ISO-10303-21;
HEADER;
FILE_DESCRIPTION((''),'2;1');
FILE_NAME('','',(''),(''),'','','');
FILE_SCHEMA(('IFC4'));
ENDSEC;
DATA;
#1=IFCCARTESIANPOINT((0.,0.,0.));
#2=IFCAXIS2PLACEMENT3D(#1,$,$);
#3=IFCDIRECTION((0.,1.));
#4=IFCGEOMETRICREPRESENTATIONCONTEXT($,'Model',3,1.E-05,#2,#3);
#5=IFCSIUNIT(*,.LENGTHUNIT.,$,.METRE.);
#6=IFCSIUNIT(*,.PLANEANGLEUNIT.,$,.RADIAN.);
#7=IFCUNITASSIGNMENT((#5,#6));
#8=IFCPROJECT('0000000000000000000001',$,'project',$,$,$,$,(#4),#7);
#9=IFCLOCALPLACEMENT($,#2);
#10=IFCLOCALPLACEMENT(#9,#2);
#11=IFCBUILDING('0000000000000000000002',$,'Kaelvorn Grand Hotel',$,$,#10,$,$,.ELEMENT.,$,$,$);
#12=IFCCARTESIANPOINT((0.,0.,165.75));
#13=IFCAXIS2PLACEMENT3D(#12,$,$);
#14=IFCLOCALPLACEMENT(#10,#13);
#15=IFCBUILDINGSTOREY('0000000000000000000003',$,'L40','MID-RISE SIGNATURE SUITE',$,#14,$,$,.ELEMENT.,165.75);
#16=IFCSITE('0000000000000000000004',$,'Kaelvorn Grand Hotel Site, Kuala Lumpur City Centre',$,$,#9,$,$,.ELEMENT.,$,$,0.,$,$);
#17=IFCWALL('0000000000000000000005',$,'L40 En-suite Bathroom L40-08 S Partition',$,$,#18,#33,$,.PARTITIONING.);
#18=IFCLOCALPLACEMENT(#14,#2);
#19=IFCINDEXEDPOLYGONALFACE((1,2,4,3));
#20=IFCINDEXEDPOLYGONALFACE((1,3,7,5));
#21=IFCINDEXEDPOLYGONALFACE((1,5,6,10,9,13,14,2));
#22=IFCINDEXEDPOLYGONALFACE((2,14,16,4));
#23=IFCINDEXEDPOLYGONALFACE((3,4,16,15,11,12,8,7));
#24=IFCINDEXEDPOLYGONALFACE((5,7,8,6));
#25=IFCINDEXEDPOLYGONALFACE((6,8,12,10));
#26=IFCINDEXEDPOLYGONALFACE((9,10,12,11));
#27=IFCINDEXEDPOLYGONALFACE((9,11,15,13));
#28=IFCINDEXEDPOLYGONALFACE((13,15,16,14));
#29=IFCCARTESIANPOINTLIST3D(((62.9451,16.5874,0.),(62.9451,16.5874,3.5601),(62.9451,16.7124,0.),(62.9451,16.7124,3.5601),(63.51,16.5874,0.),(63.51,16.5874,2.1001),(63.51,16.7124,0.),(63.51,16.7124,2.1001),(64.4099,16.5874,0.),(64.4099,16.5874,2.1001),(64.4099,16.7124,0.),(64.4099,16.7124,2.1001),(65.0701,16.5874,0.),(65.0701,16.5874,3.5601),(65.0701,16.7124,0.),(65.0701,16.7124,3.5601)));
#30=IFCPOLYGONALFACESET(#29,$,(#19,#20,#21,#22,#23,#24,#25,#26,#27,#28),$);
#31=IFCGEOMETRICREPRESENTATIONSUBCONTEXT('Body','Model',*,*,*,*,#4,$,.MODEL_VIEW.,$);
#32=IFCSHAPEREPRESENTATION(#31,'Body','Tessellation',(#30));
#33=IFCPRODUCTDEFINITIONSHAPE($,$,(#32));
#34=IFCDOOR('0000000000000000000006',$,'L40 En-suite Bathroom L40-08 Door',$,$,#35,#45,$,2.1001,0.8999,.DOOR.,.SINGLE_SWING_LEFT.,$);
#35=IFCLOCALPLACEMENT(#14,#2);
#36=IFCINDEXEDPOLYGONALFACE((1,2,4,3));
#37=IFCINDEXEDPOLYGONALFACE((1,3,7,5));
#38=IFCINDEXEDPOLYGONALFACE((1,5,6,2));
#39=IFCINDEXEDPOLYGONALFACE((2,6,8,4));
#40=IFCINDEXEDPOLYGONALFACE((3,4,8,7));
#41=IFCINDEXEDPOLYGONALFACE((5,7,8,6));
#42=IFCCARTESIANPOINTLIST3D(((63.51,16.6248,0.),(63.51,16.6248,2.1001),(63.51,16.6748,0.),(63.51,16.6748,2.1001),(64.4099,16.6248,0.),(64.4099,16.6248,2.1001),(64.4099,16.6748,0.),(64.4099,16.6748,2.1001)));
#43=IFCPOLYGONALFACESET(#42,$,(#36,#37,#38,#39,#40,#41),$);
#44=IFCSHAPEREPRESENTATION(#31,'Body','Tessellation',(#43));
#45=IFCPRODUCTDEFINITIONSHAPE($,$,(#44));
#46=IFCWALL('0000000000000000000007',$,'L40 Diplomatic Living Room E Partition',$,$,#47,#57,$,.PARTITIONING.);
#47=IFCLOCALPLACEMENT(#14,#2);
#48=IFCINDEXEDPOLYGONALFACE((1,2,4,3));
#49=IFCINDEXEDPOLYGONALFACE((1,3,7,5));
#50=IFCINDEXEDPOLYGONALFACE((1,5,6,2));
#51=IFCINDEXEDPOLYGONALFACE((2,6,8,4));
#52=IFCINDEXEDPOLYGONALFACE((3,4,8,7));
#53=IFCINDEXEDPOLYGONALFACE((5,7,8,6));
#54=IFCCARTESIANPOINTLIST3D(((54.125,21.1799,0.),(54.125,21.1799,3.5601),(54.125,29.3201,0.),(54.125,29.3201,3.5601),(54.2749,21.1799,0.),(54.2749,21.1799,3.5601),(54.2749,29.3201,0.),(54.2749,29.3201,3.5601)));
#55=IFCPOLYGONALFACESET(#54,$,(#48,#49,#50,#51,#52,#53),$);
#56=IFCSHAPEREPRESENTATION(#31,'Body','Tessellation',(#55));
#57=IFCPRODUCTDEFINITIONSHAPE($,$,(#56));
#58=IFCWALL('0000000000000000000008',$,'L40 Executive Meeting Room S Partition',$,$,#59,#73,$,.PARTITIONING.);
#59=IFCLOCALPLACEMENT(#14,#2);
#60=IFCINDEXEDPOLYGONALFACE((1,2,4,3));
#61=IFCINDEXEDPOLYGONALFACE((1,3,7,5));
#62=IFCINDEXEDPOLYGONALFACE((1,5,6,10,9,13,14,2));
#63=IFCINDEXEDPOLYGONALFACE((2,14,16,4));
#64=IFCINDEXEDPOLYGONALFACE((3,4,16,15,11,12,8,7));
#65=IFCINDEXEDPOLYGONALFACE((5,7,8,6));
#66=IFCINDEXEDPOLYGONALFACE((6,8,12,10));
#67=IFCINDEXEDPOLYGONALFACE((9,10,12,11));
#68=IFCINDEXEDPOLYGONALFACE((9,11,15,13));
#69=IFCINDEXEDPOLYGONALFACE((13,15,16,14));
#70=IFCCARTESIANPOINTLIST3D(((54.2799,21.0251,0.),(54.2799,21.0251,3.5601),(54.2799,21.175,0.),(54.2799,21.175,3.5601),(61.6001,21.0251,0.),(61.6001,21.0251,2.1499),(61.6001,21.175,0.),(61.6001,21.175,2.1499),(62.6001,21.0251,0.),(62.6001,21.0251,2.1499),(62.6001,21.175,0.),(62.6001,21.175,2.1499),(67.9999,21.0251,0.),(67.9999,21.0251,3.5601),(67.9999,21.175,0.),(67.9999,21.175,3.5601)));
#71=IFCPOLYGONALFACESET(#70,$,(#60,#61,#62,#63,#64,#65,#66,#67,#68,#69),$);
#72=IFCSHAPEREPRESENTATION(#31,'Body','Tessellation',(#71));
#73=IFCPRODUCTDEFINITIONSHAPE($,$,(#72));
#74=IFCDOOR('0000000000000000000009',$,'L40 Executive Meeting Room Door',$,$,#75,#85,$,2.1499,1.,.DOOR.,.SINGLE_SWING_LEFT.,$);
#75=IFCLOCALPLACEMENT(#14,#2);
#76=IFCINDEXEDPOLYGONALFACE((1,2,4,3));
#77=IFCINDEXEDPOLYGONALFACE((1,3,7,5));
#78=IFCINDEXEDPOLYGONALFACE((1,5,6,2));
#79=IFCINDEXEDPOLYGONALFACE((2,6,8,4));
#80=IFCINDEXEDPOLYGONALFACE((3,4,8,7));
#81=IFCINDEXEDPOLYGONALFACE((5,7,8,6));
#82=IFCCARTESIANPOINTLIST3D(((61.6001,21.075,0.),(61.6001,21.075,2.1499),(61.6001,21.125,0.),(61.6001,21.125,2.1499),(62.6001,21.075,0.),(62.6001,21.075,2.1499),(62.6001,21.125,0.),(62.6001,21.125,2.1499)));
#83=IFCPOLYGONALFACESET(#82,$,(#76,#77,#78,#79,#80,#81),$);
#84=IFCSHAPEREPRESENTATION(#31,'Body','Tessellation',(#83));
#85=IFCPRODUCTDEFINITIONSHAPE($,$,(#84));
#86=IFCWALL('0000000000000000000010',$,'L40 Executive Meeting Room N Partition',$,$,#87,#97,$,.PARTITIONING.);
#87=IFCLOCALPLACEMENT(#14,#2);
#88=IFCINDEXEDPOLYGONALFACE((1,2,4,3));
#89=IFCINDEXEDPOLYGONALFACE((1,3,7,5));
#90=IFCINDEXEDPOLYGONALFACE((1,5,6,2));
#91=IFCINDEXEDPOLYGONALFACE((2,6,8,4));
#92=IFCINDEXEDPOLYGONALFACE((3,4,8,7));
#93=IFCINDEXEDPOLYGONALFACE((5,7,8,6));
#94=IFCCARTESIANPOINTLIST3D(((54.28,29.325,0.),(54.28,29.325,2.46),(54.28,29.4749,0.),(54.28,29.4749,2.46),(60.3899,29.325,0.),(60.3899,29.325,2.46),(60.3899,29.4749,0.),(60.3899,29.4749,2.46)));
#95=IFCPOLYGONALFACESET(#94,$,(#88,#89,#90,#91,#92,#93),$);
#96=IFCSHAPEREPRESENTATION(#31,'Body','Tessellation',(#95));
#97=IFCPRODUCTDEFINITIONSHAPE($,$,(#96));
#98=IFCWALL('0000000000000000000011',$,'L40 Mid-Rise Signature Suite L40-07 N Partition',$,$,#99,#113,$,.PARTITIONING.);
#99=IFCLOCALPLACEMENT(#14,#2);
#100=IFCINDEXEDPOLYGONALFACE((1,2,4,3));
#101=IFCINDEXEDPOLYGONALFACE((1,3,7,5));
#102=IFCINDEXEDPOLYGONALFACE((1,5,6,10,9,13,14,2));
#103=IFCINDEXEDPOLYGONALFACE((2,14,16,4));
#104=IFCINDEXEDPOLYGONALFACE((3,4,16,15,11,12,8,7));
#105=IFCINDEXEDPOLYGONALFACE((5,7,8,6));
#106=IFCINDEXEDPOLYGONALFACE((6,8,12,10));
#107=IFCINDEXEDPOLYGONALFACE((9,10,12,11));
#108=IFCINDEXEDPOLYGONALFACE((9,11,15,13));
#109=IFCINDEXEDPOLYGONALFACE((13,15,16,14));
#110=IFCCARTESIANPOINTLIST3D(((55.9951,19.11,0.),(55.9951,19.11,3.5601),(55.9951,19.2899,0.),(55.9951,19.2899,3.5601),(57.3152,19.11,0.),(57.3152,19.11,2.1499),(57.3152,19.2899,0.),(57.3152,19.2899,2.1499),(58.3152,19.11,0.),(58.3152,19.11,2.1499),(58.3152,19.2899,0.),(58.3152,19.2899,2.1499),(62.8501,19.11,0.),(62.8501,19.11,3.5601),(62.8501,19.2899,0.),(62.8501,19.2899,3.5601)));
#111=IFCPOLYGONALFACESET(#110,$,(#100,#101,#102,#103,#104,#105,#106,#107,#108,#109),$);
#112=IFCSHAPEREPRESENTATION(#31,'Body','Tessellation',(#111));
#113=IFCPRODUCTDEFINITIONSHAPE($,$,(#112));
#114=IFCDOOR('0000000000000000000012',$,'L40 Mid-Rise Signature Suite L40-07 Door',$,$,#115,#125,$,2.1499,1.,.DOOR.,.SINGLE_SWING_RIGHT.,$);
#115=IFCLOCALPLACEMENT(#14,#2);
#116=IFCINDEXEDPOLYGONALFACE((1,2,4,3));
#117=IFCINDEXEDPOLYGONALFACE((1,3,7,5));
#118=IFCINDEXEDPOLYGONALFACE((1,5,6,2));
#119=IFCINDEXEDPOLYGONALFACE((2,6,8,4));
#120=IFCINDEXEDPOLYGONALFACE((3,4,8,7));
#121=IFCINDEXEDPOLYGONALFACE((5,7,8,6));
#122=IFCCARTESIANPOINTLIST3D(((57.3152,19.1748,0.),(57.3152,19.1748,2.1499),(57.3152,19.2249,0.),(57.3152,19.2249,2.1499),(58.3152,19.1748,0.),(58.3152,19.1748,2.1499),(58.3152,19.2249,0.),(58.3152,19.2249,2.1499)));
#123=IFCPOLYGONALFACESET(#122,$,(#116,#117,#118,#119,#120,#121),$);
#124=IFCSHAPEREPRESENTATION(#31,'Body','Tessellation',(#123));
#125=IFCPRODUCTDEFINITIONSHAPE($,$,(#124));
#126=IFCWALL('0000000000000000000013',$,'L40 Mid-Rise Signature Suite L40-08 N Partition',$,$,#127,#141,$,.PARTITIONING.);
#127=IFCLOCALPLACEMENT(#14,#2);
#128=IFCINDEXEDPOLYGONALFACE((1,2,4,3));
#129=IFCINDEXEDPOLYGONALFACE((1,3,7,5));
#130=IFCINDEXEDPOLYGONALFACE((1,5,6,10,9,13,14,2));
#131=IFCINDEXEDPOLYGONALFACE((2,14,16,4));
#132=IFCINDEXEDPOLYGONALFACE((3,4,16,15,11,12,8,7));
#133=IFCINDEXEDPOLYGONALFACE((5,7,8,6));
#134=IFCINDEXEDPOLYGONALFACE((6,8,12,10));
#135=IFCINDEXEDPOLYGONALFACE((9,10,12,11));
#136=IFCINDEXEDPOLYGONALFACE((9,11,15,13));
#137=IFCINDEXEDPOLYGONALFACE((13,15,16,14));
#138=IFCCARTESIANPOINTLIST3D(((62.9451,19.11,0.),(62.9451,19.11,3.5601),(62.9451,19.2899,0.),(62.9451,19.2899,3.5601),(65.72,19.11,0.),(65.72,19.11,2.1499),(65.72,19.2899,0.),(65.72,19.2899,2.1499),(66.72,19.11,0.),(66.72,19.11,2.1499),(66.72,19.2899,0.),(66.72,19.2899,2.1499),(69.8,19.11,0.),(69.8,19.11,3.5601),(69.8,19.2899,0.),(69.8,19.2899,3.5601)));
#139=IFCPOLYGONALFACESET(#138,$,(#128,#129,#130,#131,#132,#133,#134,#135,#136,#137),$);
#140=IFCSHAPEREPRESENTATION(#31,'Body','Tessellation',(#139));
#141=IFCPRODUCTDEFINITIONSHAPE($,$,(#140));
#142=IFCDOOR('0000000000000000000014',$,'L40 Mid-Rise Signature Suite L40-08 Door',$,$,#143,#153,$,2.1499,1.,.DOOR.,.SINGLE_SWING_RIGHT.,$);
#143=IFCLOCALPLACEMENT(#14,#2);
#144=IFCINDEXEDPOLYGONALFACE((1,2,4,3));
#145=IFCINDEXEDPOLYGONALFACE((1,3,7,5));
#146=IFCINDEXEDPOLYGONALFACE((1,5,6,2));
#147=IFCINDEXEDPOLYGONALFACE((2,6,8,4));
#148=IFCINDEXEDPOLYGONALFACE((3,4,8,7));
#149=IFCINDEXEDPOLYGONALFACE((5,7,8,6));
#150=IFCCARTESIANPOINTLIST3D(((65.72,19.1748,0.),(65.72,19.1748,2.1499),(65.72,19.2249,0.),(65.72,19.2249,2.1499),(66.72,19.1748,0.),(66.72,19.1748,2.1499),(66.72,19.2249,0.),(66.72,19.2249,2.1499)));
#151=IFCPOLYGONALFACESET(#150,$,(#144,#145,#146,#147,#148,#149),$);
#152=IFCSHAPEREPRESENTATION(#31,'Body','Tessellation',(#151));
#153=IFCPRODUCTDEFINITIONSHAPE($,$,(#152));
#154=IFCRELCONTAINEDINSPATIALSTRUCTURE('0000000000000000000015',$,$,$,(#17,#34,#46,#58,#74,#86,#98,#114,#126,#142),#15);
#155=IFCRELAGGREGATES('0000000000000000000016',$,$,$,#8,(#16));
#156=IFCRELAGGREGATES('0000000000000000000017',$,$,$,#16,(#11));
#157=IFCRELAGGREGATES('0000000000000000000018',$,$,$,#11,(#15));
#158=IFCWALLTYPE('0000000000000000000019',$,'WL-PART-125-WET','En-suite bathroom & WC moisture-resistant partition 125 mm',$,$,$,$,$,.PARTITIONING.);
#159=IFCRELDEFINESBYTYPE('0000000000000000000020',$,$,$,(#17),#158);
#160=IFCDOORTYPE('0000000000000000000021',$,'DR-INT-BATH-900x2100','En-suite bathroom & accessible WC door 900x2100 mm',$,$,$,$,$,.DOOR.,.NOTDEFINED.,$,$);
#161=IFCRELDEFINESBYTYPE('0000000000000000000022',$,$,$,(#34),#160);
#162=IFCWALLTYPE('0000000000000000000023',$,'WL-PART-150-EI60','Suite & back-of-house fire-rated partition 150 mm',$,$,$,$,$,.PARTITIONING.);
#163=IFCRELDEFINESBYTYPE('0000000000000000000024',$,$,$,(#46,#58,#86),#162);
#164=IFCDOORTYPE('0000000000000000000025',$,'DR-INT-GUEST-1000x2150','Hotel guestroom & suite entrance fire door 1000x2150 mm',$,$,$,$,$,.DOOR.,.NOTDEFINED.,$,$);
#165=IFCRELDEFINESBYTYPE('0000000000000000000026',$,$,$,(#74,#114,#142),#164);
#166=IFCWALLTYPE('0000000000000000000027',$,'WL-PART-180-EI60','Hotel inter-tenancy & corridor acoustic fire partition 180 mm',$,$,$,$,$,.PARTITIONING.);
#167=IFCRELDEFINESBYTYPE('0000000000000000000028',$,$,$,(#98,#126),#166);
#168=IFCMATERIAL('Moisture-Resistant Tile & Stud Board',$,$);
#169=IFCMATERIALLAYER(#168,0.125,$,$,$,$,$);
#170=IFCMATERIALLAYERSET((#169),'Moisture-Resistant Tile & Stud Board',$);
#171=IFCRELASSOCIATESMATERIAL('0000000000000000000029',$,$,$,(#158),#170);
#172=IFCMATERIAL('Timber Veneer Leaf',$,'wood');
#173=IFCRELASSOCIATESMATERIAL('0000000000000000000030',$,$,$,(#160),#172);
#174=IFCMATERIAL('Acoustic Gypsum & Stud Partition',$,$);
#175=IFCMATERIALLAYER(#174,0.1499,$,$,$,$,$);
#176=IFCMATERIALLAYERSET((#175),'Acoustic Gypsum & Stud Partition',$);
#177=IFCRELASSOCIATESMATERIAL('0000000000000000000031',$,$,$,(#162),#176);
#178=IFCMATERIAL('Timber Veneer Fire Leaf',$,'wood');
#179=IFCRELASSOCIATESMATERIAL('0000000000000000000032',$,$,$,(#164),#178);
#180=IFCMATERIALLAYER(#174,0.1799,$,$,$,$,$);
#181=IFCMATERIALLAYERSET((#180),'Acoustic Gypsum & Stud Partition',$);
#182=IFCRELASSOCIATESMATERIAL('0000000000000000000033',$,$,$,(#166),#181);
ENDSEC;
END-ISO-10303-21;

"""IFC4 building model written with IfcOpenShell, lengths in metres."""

from ifc_helpers import new_model, si_unit, direction, frame, frame_2d, origin, place, context, subcontext, project, spatial, rectangle, extrude, material, layer, layer_set, type_object, element, fill, save


model = new_model("IFC4")

# Units and contexts
model_context = context("Model", 3, precision=1e-05, world=origin(), true_north=direction((0.0, 1.0)))
body_context = subcontext(model_context, "Body", "Model", "MODEL_VIEW")
ifc_project = project(units=[si_unit("LENGTHUNIT", "METRE"), si_unit("PLANEANGLEUNIT", "RADIAN")], contexts=[model_context])

# Site, building, storey
site_placement = place(None, origin())
site = spatial("IfcSite", under=ifc_project, at=site_placement, Name="Kaelvorn Grand Hotel Site, Kuala Lumpur City Centre", CompositionType="ELEMENT", RefElevation=0.0)
building_placement = place(site_placement, origin())
building = spatial("IfcBuilding", under=site, at=building_placement, Name="Kaelvorn Grand Hotel", CompositionType="ELEMENT")
storey_placement = place(building_placement, frame((0.0, 0.0, 165.75)))
storey = spatial("IfcBuildingStorey", under=building, at=storey_placement, Name="L40", Description="MID-RISE SIGNATURE SUITE", CompositionType="ELEMENT", Elevation=165.75)

# Shared definitions
ifc_material_1 = material(Name="Moisture-Resistant Tile & Stud Board")
ifc_layer_1 = layer(ifc_material_1, 0.125)
ifc_layer_set_1 = layer_set([ifc_layer_1], Name="Moisture-Resistant Tile & Stud Board")
wall_type_1 = type_object("IfcWallType", Name="WL-PART-125-WET", Description="En-suite bathroom & WC moisture-resistant partition 125 mm", PredefinedType="PARTITIONING", material=ifc_layer_set_1)

# Shared definitions
ifc_material_2 = material(Name="Timber Veneer Leaf", Category="wood")
door_type_1 = type_object("IfcDoorType", Name="DR-INT-BATH-900x2100", Description="En-suite bathroom & accessible WC door 900x2100 mm", OperationType="NOTDEFINED", PredefinedType="DOOR", material=ifc_material_2)

# Wall, opening, door
wall_1_placement = place(storey_placement, frame((62.9451, 16.6499, 0.0), z_axis=(0.0, 0.0, 1.0), x_axis=(1.0, 0.0, 0.0)))
wall_1 = element("IfcWall", 1, at=wall_1_placement, inside=storey, type_object=wall_type_1, Name="L40 En-suite Bathroom L40-08 S Partition", PredefinedType="PARTITIONING", context=body_context, shape_type="SweptSolid", body=[
    extrude(rectangle(XDim=2.125, YDim=0.125, at=frame_2d((1.0625, 0.0))), origin(), (0.0, 0.0, 1.0), 3.5601),
])
opening_1_placement = place(wall_1_placement, frame((0.5649, 0.0, 0.0)))
opening_1 = element("IfcOpeningElement", 2, at=opening_1_placement, cuts=wall_1, PredefinedType="OPENING", context=body_context, shape_type="SweptSolid", body=[
    extrude(rectangle(XDim=0.8999, YDim=2.1001, at=frame_2d((0.45, 1.05))), frame((0.0, 0.0725, 0.0), z_axis=(0.0, -1.0, 0.0), x_axis=(1.0, 0.0, 0.0)), (0.0, 0.0, 1.0), 0.145),
])
door_1_placement = place(opening_1_placement, origin())
door_1 = element("IfcDoor", 3, at=door_1_placement, inside=storey, type_object=door_type_1, Name="L40 En-suite Bathroom L40-08 Door", OperationType="SINGLE_SWING_LEFT", OverallHeight=2.1001, OverallWidth=0.8999, PredefinedType="DOOR", context=body_context, shape_type="SweptSolid", body=[
    extrude(rectangle(XDim=0.8999, YDim=2.1001, at=frame_2d((0.45, 1.05))), frame((0.0, 0.0249, 0.0), z_axis=(0.0, -1.0, 0.0), x_axis=(1.0, 0.0, 0.0)), (0.0, 0.0, 1.0), 0.05),
])
fill(opening_1, door_1)

# Wall
ifc_material_3 = material(Name="Acoustic Gypsum & Stud Partition")
ifc_layer_2 = layer(ifc_material_3, 0.1499)
ifc_layer_set_2 = layer_set([ifc_layer_2], Name="Acoustic Gypsum & Stud Partition")
wall_type_2 = type_object("IfcWallType", Name="WL-PART-150-EI60", Description="Suite & back-of-house fire-rated partition 150 mm", PredefinedType="PARTITIONING", material=ifc_layer_set_2)
wall_2_placement = place(storey_placement, frame((54.2, 21.1799, 0.0), z_axis=(0.0, 0.0, 1.0), x_axis=(0.0, 1.0, 0.0)))
element("IfcWall", 4, at=wall_2_placement, inside=storey, type_object=wall_type_2, Name="L40 Diplomatic Living Room E Partition", PredefinedType="PARTITIONING", context=body_context, shape_type="SweptSolid", body=[
    extrude(rectangle(XDim=8.1401, YDim=0.1499, at=frame_2d((4.0701, 0.0))), origin(), (0.0, 0.0, 1.0), 3.5601),
])

# Wall, opening, door
wall_3_placement = place(storey_placement, frame((54.28, 21.1001, 0.0), z_axis=(0.0, 0.0, 1.0), x_axis=(1.0, 0.0, 0.0)))
wall_3 = element("IfcWall", 5, at=wall_3_placement, inside=storey, type_object=wall_type_2, Name="L40 Executive Meeting Room S Partition", PredefinedType="PARTITIONING", context=body_context, shape_type="SweptSolid", body=[
    extrude(rectangle(XDim=13.72, YDim=0.1499, at=frame_2d((6.8599, 0.0))), origin(), (0.0, 0.0, 1.0), 3.5601),
])
opening_2_placement = place(wall_3_placement, frame((7.3201, 0.0, 0.0)))
opening_2 = element("IfcOpeningElement", 6, at=opening_2_placement, cuts=wall_3, PredefinedType="OPENING", context=body_context, shape_type="SweptSolid", body=[
    extrude(rectangle(XDim=1.0, YDim=2.1499, at=frame_2d((0.5, 1.075))), frame((0.0, 0.085, 0.0), z_axis=(0.0, -1.0, 0.0), x_axis=(1.0, 0.0, 0.0)), (0.0, 0.0, 1.0), 0.1699),
])
ifc_material_4 = material(Name="Timber Veneer Fire Leaf", Category="wood")
door_type_2 = type_object("IfcDoorType", Name="DR-INT-GUEST-1000x2150", Description="Hotel guestroom & suite entrance fire door 1000x2150 mm", OperationType="NOTDEFINED", PredefinedType="DOOR", material=ifc_material_4)
door_2_placement = place(opening_2_placement, origin())
door_2 = element("IfcDoor", 7, at=door_2_placement, inside=storey, type_object=door_type_2, Name="L40 Executive Meeting Room Door", OperationType="SINGLE_SWING_LEFT", OverallHeight=2.1499, OverallWidth=1.0, PredefinedType="DOOR", context=body_context, shape_type="SweptSolid", body=[
    extrude(rectangle(XDim=1.0, YDim=2.1499, at=frame_2d((0.5, 1.075))), frame((0.0, 0.0249, 0.0), z_axis=(0.0, -1.0, 0.0), x_axis=(1.0, 0.0, 0.0)), (0.0, 0.0, 1.0), 0.05),
])
fill(opening_2, door_2)

# Wall
wall_4_placement = place(storey_placement, frame((54.28, 29.3999, 0.0), z_axis=(0.0, 0.0, 1.0), x_axis=(1.0, 0.0, 0.0)))
element("IfcWall", 8, at=wall_4_placement, inside=storey, type_object=wall_type_2, Name="L40 Executive Meeting Room N Partition", PredefinedType="PARTITIONING", context=body_context, shape_type="SweptSolid", body=[
    extrude(rectangle(XDim=6.1099, YDim=0.1499, at=frame_2d((3.0549, 0.0))), origin(), (0.0, 0.0, 1.0), 2.46),
])

# Walls, openings, doors
ifc_layer_3 = layer(ifc_material_3, 0.1799)
ifc_layer_set_3 = layer_set([ifc_layer_3], Name="Acoustic Gypsum & Stud Partition")
wall_type_3 = type_object("IfcWallType", Name="WL-PART-180-EI60", Description="Hotel inter-tenancy & corridor acoustic fire partition 180 mm", PredefinedType="PARTITIONING", material=ifc_layer_set_3)
wall_5_placement = place(storey_placement, frame((55.9951, 19.2, 0.0), z_axis=(0.0, 0.0, 1.0), x_axis=(1.0, 0.0, 0.0)))
wall_5 = element("IfcWall", 9, at=wall_5_placement, inside=storey, type_object=wall_type_3, Name="L40 Mid-Rise Signature Suite L40-07 N Partition", PredefinedType="PARTITIONING", context=body_context, shape_type="SweptSolid", body=[
    extrude(rectangle(XDim=6.855, YDim=0.1799, at=frame_2d((3.4275, 0.0))), origin(), (0.0, 0.0, 1.0), 3.5601),
])
opening_3_placement = place(wall_5_placement, frame((1.3201, 0.0, 0.0)))
opening_3 = element("IfcOpeningElement", 10, at=opening_3_placement, cuts=wall_5, PredefinedType="OPENING", context=body_context, shape_type="SweptSolid", body=[
    extrude(rectangle(XDim=1.0, YDim=2.1499, at=frame_2d((0.5, 1.075))), frame((0.0, 0.1001, 0.0), z_axis=(0.0, -1.0, 0.0), x_axis=(1.0, 0.0, 0.0)), (0.0, 0.0, 1.0), 0.2),
])
door_3_placement = place(opening_3_placement, origin())
door_3 = element("IfcDoor", 11, at=door_3_placement, inside=storey, type_object=door_type_2, Name="L40 Mid-Rise Signature Suite L40-07 Door", OperationType="SINGLE_SWING_RIGHT", OverallHeight=2.1499, OverallWidth=1.0, PredefinedType="DOOR", context=body_context, shape_type="SweptSolid", body=[
    extrude(rectangle(XDim=1.0, YDim=2.1499, at=frame_2d((0.5, 1.075))), frame((0.0, 0.0249, 0.0), z_axis=(0.0, -1.0, 0.0), x_axis=(1.0, 0.0, 0.0)), (0.0, 0.0, 1.0), 0.05),
])
fill(opening_3, door_3)
wall_6_placement = place(storey_placement, frame((62.9451, 19.2, 0.0), z_axis=(0.0, 0.0, 1.0), x_axis=(1.0, 0.0, 0.0)))
wall_6 = element("IfcWall", 12, at=wall_6_placement, inside=storey, type_object=wall_type_3, Name="L40 Mid-Rise Signature Suite L40-08 N Partition", PredefinedType="PARTITIONING", context=body_context, shape_type="SweptSolid", body=[
    extrude(rectangle(XDim=6.855, YDim=0.1799, at=frame_2d((3.4275, 0.0))), origin(), (0.0, 0.0, 1.0), 3.5601),
])
opening_4_placement = place(wall_6_placement, frame((2.7749, 0.0, 0.0)))
opening_4 = element("IfcOpeningElement", 13, at=opening_4_placement, cuts=wall_6, PredefinedType="OPENING", context=body_context, shape_type="SweptSolid", body=[
    extrude(rectangle(XDim=1.0, YDim=2.1499, at=frame_2d((0.5, 1.075))), frame((0.0, 0.1001, 0.0), z_axis=(0.0, -1.0, 0.0), x_axis=(1.0, 0.0, 0.0)), (0.0, 0.0, 1.0), 0.2),
])
door_4_placement = place(opening_4_placement, origin())
door_4 = element("IfcDoor", 14, at=door_4_placement, inside=storey, type_object=door_type_2, Name="L40 Mid-Rise Signature Suite L40-08 Door", OperationType="SINGLE_SWING_RIGHT", OverallHeight=2.1499, OverallWidth=1.0, PredefinedType="DOOR", context=body_context, shape_type="SweptSolid", body=[
    extrude(rectangle(XDim=1.0, YDim=2.1499, at=frame_2d((0.5, 1.075))), frame((0.0, 0.0249, 0.0), z_axis=(0.0, -1.0, 0.0), x_axis=(1.0, 0.0, 0.0)), (0.0, 0.0, 1.0), 0.05),
])
fill(opening_4, door_4)

save(model, "model.ifc")
